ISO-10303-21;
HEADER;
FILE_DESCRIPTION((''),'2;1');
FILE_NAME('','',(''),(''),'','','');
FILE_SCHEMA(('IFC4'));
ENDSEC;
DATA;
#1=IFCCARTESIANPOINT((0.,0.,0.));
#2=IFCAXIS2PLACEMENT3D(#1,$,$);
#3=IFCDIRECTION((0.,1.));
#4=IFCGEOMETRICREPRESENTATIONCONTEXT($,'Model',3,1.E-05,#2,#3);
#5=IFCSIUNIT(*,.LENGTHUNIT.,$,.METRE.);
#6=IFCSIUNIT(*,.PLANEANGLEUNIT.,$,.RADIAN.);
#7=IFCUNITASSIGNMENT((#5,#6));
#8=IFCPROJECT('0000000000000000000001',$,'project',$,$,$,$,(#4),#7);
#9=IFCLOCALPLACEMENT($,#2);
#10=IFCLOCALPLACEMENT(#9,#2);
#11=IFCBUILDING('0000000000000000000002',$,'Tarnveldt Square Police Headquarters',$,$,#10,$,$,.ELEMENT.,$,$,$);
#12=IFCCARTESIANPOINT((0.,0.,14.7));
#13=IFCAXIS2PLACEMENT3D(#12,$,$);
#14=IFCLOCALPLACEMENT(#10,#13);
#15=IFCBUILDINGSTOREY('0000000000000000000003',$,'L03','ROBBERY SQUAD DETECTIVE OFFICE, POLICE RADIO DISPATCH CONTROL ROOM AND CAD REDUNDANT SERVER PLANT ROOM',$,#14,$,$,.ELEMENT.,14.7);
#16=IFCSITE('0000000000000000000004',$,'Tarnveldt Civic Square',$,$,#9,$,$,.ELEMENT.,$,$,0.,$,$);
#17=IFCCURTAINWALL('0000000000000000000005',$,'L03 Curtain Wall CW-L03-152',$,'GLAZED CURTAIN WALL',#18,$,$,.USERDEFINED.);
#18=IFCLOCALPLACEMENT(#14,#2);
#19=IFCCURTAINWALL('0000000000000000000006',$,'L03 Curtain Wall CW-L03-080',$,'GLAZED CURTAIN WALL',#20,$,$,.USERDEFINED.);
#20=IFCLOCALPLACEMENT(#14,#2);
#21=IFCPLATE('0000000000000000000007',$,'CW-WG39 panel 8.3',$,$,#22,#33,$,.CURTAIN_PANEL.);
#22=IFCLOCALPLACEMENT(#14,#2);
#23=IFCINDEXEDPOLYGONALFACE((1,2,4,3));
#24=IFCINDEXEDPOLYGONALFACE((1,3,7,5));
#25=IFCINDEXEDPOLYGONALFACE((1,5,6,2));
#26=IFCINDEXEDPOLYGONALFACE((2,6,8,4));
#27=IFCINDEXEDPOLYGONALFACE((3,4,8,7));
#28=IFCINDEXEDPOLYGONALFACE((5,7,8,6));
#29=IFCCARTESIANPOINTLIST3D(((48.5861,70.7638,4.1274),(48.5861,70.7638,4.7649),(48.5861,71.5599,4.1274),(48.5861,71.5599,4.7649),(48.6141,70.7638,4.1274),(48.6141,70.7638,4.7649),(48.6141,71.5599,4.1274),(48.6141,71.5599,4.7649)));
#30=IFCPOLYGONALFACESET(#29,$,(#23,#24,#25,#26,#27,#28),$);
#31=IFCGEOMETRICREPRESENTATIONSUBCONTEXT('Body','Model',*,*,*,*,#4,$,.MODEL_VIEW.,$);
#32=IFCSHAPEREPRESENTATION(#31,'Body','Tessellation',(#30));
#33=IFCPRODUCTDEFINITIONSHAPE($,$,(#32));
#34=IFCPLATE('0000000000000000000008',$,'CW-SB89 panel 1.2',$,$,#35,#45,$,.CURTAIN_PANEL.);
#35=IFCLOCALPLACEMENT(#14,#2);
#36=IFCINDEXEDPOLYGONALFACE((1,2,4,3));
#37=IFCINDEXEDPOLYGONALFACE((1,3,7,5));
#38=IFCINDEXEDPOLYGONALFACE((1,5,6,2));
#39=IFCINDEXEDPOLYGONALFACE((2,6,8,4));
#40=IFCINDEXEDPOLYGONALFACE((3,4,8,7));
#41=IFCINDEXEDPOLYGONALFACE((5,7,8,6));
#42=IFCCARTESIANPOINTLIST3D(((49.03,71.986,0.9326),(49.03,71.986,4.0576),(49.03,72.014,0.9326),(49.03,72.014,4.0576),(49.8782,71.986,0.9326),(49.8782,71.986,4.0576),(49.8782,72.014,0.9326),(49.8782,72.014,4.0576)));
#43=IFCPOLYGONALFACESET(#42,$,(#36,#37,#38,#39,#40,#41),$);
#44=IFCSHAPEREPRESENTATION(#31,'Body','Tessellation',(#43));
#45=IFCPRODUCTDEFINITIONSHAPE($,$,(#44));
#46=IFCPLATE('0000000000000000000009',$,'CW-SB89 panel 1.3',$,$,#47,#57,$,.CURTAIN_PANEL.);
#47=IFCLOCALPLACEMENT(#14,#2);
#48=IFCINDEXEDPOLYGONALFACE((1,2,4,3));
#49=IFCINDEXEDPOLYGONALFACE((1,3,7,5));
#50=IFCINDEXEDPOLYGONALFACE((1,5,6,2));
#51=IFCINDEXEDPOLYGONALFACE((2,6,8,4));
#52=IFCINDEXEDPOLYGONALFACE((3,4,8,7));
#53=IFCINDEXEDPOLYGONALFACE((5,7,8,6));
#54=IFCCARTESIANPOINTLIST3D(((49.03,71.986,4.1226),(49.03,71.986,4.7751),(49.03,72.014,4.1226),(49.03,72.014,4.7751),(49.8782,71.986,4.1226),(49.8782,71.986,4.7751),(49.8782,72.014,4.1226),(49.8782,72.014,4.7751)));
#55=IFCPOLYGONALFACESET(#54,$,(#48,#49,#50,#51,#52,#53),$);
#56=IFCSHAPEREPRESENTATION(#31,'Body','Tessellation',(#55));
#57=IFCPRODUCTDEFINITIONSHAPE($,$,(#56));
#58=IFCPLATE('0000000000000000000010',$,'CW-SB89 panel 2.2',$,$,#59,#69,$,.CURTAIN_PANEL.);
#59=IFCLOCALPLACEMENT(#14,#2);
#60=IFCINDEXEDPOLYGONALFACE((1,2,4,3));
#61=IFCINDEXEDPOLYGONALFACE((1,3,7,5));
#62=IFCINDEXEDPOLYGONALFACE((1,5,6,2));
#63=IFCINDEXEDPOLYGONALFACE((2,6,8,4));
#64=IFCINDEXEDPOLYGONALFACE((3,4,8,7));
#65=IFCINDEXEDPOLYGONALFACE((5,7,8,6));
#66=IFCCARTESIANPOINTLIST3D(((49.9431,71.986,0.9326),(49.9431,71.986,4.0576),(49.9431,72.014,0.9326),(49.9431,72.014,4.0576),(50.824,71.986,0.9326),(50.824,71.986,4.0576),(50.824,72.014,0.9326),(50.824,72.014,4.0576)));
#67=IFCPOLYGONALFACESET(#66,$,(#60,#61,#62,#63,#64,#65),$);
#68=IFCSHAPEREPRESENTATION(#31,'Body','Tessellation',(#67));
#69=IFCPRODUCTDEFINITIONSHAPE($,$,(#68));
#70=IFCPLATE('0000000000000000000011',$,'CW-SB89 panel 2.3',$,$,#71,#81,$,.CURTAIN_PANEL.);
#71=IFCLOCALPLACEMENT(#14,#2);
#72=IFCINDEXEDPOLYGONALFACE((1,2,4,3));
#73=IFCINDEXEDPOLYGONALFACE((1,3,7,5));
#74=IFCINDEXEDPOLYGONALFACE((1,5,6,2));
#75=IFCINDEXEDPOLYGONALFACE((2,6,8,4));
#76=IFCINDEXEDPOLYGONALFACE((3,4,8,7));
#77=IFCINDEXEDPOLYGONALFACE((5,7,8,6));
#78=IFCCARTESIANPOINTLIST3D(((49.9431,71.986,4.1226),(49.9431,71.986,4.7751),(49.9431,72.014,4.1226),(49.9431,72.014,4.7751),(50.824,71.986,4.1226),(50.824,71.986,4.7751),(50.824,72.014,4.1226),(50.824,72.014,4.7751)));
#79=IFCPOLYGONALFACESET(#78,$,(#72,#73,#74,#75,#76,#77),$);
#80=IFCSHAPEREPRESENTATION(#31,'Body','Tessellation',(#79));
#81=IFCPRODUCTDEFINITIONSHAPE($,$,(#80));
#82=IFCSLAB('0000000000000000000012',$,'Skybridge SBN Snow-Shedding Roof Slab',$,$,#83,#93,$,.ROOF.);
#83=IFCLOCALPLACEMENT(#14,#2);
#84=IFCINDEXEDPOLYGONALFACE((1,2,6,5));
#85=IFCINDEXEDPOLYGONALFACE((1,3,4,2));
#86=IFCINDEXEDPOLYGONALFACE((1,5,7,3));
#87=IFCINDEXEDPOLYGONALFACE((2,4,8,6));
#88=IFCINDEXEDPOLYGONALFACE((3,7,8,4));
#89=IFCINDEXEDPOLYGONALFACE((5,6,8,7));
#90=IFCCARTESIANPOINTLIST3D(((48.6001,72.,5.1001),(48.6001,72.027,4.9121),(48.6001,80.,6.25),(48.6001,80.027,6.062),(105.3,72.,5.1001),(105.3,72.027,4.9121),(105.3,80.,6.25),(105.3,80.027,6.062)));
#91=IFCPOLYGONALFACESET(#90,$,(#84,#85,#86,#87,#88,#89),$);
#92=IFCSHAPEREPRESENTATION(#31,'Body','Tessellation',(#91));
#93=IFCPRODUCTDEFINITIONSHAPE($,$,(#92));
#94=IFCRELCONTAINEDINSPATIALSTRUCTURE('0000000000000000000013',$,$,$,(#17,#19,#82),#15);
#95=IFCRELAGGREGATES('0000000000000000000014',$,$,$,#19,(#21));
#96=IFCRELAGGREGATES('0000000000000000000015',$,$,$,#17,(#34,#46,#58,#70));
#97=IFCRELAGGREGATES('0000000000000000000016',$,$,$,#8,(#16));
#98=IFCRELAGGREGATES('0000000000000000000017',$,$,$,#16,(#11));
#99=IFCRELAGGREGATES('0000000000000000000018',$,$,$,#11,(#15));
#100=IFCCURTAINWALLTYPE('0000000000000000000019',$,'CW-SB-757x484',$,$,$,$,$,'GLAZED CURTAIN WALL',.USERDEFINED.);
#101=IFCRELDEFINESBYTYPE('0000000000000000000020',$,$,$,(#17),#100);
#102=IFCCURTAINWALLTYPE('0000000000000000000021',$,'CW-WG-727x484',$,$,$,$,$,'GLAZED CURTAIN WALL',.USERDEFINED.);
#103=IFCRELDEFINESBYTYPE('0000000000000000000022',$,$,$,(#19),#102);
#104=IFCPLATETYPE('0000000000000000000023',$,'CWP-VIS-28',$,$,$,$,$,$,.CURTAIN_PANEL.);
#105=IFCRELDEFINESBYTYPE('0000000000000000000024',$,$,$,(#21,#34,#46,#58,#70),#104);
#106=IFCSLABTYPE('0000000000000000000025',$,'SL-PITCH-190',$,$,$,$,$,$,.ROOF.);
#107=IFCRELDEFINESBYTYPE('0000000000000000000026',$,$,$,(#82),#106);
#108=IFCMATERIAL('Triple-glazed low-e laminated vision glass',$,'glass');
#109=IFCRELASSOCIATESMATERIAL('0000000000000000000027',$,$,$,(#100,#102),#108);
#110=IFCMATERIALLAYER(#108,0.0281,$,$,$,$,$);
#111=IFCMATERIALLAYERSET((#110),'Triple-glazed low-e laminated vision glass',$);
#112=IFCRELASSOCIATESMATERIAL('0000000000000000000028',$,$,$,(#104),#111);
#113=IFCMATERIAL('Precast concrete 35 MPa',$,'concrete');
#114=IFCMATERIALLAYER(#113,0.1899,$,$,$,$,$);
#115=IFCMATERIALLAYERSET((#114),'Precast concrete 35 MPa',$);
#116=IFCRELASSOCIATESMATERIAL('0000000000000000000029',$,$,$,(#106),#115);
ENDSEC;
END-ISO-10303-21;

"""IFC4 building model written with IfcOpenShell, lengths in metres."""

from ifc_helpers import new_model, si_unit, direction, frame, origin, origin_2d, place, context, subcontext, project, spatial, polyline, rectangle, outline, extrude, material, layer, layer_set, type_object, element, aggregate, save


model = new_model("IFC4")

# Units and contexts
model_context = context("Model", 3, precision=1e-05, world=origin(), true_north=direction((0.0, 1.0)))
body_context = subcontext(model_context, "Body", "Model", "MODEL_VIEW")
ifc_project = project(units=[si_unit("LENGTHUNIT", "METRE"), si_unit("PLANEANGLEUNIT", "RADIAN")], contexts=[model_context])

# Site, building, storey
site_placement = place(None, origin())
site = spatial("IfcSite", under=ifc_project, at=site_placement, Name="Tarnveldt Civic Square", CompositionType="ELEMENT", RefElevation=0.0)
building_placement = place(site_placement, origin())
building = spatial("IfcBuilding", under=site, at=building_placement, Name="Tarnveldt Square Police Headquarters", CompositionType="ELEMENT")
storey_placement = place(building_placement, frame((0.0, 0.0, 14.7)))
storey = spatial("IfcBuildingStorey", under=building, at=storey_placement, Name="L03", Description="ROBBERY SQUAD DETECTIVE OFFICE, POLICE RADIO DISPATCH CONTROL ROOM AND CAD REDUNDANT SERVER PLANT ROOM", CompositionType="ELEMENT", Elevation=14.7)

# Curtain walls
ifc_material_1 = material(Name="Triple-glazed low-e laminated vision glass", Category="glass")
curtain_wall_type_1 = type_object("IfcCurtainWallType", Name="CW-SB-757x484", ElementType="GLAZED CURTAIN WALL", PredefinedType="USERDEFINED", material=ifc_material_1)
curtain_wall_1_placement = place(storey_placement, origin())
curtain_wall_1 = element("IfcCurtainWall", 1, at=curtain_wall_1_placement, inside=storey, type_object=curtain_wall_type_1, Name="L03 Curtain Wall CW-L03-152", ObjectType="GLAZED CURTAIN WALL", PredefinedType="USERDEFINED")
curtain_wall_type_2 = type_object("IfcCurtainWallType", Name="CW-WG-727x484", ElementType="GLAZED CURTAIN WALL", PredefinedType="USERDEFINED", material=ifc_material_1)
curtain_wall_2_placement = place(storey_placement, origin())
curtain_wall_2 = element("IfcCurtainWall", 2, at=curtain_wall_2_placement, inside=storey, type_object=curtain_wall_type_2, Name="L03 Curtain Wall CW-L03-080", ObjectType="GLAZED CURTAIN WALL", PredefinedType="USERDEFINED")

# Plates
ifc_layer_1 = layer(ifc_material_1, 0.0281)
ifc_layer_set_1 = layer_set([ifc_layer_1], Name="Triple-glazed low-e laminated vision glass")
plate_type = type_object("IfcPlateType", Name="CWP-VIS-28", PredefinedType="CURTAIN_PANEL", material=ifc_layer_set_1)
plate_1_placement = place(storey_placement, frame((48.6001, 71.1619, 4.1274), z_axis=(0.0, 0.0, 1.0), x_axis=(0.0, 1.0, 0.0)))
plate_1 = element("IfcPlate", 3, at=plate_1_placement, type_object=plate_type, Name="CW-WG39 panel 8.3", PredefinedType="CURTAIN_PANEL", context=body_context, shape_type="SweptSolid", body=[
    extrude(rectangle(XDim=0.7961, YDim=0.0281, at=origin_2d()), origin(), (0.0, 0.0, 1.0), 0.6375),
])
aggregate(curtain_wall_2, [plate_1])
plate_2_placement = place(storey_placement, frame((49.4541, 72.0, 0.9326), z_axis=(0.0, 0.0, 1.0), x_axis=(1.0, 0.0, 0.0)))
plate_2 = element("IfcPlate", 4, at=plate_2_placement, type_object=plate_type, Name="CW-SB89 panel 1.2", PredefinedType="CURTAIN_PANEL", context=body_context, shape_type="SweptSolid", body=[
    extrude(rectangle(XDim=0.8481, YDim=0.0281, at=origin_2d()), origin(), (0.0, 0.0, 1.0), 3.125),
])
plate_3_placement = place(storey_placement, frame((49.4541, 72.0, 4.1226), z_axis=(0.0, 0.0, 1.0), x_axis=(1.0, 0.0, 0.0)))
plate_3 = element("IfcPlate", 5, at=plate_3_placement, type_object=plate_type, Name="CW-SB89 panel 1.3", PredefinedType="CURTAIN_PANEL", context=body_context, shape_type="SweptSolid", body=[
    extrude(rectangle(XDim=0.8481, YDim=0.0281, at=origin_2d()), origin(), (0.0, 0.0, 1.0), 0.6526),
])
plate_4_placement = place(storey_placement, frame((50.3835, 72.0, 0.9326), z_axis=(0.0, 0.0, 1.0), x_axis=(1.0, 0.0, 0.0)))
plate_4 = element("IfcPlate", 6, at=plate_4_placement, type_object=plate_type, Name="CW-SB89 panel 2.2", PredefinedType="CURTAIN_PANEL", context=body_context, shape_type="SweptSolid", body=[
    extrude(rectangle(XDim=0.8809, YDim=0.0281, at=origin_2d()), origin(), (0.0, 0.0, 1.0), 3.125),
])
plate_5_placement = place(storey_placement, frame((50.3835, 72.0, 4.1226), z_axis=(0.0, 0.0, 1.0), x_axis=(1.0, 0.0, 0.0)))
plate_5 = element("IfcPlate", 7, at=plate_5_placement, type_object=plate_type, Name="CW-SB89 panel 2.3", PredefinedType="CURTAIN_PANEL", context=body_context, shape_type="SweptSolid", body=[
    extrude(rectangle(XDim=0.8809, YDim=0.0281, at=origin_2d()), origin(), (0.0, 0.0, 1.0), 0.6526),
])
aggregate(curtain_wall_1, [plate_2, plate_3, plate_4, plate_5])

# Slab
ifc_material_2 = material(Name="Precast concrete 35 MPa", Category="concrete")
ifc_layer_2 = layer(ifc_material_2, 0.1899)
ifc_layer_set_2 = layer_set([ifc_layer_2], Name="Precast concrete 35 MPa")
slab_type = type_object("IfcSlabType", Name="SL-PITCH-190", PredefinedType="ROOF", material=ifc_layer_set_2)
slab_placement = place(storey_placement, frame((48.6001, 72.0, 5.1001), z_axis=(0.0, -0.142276, 0.989827), x_axis=(1.0, 0.0, 0.0)))
element("IfcSlab", 8, at=slab_placement, inside=storey, type_object=slab_type, Name="Skybridge SBN Snow-Shedding Roof Slab", PredefinedType="ROOF", context=body_context, shape_type="SweptSolid", body=[
    extrude(outline(polyline([(0.0, 0.0), (56.7, 0.0), (56.7, 8.0822), (0.0, 8.0822), (0.0, 0.0)])), origin(), (0.0, 0.0, -1.0), 0.1899),
])

save(model, "model.ifc")
